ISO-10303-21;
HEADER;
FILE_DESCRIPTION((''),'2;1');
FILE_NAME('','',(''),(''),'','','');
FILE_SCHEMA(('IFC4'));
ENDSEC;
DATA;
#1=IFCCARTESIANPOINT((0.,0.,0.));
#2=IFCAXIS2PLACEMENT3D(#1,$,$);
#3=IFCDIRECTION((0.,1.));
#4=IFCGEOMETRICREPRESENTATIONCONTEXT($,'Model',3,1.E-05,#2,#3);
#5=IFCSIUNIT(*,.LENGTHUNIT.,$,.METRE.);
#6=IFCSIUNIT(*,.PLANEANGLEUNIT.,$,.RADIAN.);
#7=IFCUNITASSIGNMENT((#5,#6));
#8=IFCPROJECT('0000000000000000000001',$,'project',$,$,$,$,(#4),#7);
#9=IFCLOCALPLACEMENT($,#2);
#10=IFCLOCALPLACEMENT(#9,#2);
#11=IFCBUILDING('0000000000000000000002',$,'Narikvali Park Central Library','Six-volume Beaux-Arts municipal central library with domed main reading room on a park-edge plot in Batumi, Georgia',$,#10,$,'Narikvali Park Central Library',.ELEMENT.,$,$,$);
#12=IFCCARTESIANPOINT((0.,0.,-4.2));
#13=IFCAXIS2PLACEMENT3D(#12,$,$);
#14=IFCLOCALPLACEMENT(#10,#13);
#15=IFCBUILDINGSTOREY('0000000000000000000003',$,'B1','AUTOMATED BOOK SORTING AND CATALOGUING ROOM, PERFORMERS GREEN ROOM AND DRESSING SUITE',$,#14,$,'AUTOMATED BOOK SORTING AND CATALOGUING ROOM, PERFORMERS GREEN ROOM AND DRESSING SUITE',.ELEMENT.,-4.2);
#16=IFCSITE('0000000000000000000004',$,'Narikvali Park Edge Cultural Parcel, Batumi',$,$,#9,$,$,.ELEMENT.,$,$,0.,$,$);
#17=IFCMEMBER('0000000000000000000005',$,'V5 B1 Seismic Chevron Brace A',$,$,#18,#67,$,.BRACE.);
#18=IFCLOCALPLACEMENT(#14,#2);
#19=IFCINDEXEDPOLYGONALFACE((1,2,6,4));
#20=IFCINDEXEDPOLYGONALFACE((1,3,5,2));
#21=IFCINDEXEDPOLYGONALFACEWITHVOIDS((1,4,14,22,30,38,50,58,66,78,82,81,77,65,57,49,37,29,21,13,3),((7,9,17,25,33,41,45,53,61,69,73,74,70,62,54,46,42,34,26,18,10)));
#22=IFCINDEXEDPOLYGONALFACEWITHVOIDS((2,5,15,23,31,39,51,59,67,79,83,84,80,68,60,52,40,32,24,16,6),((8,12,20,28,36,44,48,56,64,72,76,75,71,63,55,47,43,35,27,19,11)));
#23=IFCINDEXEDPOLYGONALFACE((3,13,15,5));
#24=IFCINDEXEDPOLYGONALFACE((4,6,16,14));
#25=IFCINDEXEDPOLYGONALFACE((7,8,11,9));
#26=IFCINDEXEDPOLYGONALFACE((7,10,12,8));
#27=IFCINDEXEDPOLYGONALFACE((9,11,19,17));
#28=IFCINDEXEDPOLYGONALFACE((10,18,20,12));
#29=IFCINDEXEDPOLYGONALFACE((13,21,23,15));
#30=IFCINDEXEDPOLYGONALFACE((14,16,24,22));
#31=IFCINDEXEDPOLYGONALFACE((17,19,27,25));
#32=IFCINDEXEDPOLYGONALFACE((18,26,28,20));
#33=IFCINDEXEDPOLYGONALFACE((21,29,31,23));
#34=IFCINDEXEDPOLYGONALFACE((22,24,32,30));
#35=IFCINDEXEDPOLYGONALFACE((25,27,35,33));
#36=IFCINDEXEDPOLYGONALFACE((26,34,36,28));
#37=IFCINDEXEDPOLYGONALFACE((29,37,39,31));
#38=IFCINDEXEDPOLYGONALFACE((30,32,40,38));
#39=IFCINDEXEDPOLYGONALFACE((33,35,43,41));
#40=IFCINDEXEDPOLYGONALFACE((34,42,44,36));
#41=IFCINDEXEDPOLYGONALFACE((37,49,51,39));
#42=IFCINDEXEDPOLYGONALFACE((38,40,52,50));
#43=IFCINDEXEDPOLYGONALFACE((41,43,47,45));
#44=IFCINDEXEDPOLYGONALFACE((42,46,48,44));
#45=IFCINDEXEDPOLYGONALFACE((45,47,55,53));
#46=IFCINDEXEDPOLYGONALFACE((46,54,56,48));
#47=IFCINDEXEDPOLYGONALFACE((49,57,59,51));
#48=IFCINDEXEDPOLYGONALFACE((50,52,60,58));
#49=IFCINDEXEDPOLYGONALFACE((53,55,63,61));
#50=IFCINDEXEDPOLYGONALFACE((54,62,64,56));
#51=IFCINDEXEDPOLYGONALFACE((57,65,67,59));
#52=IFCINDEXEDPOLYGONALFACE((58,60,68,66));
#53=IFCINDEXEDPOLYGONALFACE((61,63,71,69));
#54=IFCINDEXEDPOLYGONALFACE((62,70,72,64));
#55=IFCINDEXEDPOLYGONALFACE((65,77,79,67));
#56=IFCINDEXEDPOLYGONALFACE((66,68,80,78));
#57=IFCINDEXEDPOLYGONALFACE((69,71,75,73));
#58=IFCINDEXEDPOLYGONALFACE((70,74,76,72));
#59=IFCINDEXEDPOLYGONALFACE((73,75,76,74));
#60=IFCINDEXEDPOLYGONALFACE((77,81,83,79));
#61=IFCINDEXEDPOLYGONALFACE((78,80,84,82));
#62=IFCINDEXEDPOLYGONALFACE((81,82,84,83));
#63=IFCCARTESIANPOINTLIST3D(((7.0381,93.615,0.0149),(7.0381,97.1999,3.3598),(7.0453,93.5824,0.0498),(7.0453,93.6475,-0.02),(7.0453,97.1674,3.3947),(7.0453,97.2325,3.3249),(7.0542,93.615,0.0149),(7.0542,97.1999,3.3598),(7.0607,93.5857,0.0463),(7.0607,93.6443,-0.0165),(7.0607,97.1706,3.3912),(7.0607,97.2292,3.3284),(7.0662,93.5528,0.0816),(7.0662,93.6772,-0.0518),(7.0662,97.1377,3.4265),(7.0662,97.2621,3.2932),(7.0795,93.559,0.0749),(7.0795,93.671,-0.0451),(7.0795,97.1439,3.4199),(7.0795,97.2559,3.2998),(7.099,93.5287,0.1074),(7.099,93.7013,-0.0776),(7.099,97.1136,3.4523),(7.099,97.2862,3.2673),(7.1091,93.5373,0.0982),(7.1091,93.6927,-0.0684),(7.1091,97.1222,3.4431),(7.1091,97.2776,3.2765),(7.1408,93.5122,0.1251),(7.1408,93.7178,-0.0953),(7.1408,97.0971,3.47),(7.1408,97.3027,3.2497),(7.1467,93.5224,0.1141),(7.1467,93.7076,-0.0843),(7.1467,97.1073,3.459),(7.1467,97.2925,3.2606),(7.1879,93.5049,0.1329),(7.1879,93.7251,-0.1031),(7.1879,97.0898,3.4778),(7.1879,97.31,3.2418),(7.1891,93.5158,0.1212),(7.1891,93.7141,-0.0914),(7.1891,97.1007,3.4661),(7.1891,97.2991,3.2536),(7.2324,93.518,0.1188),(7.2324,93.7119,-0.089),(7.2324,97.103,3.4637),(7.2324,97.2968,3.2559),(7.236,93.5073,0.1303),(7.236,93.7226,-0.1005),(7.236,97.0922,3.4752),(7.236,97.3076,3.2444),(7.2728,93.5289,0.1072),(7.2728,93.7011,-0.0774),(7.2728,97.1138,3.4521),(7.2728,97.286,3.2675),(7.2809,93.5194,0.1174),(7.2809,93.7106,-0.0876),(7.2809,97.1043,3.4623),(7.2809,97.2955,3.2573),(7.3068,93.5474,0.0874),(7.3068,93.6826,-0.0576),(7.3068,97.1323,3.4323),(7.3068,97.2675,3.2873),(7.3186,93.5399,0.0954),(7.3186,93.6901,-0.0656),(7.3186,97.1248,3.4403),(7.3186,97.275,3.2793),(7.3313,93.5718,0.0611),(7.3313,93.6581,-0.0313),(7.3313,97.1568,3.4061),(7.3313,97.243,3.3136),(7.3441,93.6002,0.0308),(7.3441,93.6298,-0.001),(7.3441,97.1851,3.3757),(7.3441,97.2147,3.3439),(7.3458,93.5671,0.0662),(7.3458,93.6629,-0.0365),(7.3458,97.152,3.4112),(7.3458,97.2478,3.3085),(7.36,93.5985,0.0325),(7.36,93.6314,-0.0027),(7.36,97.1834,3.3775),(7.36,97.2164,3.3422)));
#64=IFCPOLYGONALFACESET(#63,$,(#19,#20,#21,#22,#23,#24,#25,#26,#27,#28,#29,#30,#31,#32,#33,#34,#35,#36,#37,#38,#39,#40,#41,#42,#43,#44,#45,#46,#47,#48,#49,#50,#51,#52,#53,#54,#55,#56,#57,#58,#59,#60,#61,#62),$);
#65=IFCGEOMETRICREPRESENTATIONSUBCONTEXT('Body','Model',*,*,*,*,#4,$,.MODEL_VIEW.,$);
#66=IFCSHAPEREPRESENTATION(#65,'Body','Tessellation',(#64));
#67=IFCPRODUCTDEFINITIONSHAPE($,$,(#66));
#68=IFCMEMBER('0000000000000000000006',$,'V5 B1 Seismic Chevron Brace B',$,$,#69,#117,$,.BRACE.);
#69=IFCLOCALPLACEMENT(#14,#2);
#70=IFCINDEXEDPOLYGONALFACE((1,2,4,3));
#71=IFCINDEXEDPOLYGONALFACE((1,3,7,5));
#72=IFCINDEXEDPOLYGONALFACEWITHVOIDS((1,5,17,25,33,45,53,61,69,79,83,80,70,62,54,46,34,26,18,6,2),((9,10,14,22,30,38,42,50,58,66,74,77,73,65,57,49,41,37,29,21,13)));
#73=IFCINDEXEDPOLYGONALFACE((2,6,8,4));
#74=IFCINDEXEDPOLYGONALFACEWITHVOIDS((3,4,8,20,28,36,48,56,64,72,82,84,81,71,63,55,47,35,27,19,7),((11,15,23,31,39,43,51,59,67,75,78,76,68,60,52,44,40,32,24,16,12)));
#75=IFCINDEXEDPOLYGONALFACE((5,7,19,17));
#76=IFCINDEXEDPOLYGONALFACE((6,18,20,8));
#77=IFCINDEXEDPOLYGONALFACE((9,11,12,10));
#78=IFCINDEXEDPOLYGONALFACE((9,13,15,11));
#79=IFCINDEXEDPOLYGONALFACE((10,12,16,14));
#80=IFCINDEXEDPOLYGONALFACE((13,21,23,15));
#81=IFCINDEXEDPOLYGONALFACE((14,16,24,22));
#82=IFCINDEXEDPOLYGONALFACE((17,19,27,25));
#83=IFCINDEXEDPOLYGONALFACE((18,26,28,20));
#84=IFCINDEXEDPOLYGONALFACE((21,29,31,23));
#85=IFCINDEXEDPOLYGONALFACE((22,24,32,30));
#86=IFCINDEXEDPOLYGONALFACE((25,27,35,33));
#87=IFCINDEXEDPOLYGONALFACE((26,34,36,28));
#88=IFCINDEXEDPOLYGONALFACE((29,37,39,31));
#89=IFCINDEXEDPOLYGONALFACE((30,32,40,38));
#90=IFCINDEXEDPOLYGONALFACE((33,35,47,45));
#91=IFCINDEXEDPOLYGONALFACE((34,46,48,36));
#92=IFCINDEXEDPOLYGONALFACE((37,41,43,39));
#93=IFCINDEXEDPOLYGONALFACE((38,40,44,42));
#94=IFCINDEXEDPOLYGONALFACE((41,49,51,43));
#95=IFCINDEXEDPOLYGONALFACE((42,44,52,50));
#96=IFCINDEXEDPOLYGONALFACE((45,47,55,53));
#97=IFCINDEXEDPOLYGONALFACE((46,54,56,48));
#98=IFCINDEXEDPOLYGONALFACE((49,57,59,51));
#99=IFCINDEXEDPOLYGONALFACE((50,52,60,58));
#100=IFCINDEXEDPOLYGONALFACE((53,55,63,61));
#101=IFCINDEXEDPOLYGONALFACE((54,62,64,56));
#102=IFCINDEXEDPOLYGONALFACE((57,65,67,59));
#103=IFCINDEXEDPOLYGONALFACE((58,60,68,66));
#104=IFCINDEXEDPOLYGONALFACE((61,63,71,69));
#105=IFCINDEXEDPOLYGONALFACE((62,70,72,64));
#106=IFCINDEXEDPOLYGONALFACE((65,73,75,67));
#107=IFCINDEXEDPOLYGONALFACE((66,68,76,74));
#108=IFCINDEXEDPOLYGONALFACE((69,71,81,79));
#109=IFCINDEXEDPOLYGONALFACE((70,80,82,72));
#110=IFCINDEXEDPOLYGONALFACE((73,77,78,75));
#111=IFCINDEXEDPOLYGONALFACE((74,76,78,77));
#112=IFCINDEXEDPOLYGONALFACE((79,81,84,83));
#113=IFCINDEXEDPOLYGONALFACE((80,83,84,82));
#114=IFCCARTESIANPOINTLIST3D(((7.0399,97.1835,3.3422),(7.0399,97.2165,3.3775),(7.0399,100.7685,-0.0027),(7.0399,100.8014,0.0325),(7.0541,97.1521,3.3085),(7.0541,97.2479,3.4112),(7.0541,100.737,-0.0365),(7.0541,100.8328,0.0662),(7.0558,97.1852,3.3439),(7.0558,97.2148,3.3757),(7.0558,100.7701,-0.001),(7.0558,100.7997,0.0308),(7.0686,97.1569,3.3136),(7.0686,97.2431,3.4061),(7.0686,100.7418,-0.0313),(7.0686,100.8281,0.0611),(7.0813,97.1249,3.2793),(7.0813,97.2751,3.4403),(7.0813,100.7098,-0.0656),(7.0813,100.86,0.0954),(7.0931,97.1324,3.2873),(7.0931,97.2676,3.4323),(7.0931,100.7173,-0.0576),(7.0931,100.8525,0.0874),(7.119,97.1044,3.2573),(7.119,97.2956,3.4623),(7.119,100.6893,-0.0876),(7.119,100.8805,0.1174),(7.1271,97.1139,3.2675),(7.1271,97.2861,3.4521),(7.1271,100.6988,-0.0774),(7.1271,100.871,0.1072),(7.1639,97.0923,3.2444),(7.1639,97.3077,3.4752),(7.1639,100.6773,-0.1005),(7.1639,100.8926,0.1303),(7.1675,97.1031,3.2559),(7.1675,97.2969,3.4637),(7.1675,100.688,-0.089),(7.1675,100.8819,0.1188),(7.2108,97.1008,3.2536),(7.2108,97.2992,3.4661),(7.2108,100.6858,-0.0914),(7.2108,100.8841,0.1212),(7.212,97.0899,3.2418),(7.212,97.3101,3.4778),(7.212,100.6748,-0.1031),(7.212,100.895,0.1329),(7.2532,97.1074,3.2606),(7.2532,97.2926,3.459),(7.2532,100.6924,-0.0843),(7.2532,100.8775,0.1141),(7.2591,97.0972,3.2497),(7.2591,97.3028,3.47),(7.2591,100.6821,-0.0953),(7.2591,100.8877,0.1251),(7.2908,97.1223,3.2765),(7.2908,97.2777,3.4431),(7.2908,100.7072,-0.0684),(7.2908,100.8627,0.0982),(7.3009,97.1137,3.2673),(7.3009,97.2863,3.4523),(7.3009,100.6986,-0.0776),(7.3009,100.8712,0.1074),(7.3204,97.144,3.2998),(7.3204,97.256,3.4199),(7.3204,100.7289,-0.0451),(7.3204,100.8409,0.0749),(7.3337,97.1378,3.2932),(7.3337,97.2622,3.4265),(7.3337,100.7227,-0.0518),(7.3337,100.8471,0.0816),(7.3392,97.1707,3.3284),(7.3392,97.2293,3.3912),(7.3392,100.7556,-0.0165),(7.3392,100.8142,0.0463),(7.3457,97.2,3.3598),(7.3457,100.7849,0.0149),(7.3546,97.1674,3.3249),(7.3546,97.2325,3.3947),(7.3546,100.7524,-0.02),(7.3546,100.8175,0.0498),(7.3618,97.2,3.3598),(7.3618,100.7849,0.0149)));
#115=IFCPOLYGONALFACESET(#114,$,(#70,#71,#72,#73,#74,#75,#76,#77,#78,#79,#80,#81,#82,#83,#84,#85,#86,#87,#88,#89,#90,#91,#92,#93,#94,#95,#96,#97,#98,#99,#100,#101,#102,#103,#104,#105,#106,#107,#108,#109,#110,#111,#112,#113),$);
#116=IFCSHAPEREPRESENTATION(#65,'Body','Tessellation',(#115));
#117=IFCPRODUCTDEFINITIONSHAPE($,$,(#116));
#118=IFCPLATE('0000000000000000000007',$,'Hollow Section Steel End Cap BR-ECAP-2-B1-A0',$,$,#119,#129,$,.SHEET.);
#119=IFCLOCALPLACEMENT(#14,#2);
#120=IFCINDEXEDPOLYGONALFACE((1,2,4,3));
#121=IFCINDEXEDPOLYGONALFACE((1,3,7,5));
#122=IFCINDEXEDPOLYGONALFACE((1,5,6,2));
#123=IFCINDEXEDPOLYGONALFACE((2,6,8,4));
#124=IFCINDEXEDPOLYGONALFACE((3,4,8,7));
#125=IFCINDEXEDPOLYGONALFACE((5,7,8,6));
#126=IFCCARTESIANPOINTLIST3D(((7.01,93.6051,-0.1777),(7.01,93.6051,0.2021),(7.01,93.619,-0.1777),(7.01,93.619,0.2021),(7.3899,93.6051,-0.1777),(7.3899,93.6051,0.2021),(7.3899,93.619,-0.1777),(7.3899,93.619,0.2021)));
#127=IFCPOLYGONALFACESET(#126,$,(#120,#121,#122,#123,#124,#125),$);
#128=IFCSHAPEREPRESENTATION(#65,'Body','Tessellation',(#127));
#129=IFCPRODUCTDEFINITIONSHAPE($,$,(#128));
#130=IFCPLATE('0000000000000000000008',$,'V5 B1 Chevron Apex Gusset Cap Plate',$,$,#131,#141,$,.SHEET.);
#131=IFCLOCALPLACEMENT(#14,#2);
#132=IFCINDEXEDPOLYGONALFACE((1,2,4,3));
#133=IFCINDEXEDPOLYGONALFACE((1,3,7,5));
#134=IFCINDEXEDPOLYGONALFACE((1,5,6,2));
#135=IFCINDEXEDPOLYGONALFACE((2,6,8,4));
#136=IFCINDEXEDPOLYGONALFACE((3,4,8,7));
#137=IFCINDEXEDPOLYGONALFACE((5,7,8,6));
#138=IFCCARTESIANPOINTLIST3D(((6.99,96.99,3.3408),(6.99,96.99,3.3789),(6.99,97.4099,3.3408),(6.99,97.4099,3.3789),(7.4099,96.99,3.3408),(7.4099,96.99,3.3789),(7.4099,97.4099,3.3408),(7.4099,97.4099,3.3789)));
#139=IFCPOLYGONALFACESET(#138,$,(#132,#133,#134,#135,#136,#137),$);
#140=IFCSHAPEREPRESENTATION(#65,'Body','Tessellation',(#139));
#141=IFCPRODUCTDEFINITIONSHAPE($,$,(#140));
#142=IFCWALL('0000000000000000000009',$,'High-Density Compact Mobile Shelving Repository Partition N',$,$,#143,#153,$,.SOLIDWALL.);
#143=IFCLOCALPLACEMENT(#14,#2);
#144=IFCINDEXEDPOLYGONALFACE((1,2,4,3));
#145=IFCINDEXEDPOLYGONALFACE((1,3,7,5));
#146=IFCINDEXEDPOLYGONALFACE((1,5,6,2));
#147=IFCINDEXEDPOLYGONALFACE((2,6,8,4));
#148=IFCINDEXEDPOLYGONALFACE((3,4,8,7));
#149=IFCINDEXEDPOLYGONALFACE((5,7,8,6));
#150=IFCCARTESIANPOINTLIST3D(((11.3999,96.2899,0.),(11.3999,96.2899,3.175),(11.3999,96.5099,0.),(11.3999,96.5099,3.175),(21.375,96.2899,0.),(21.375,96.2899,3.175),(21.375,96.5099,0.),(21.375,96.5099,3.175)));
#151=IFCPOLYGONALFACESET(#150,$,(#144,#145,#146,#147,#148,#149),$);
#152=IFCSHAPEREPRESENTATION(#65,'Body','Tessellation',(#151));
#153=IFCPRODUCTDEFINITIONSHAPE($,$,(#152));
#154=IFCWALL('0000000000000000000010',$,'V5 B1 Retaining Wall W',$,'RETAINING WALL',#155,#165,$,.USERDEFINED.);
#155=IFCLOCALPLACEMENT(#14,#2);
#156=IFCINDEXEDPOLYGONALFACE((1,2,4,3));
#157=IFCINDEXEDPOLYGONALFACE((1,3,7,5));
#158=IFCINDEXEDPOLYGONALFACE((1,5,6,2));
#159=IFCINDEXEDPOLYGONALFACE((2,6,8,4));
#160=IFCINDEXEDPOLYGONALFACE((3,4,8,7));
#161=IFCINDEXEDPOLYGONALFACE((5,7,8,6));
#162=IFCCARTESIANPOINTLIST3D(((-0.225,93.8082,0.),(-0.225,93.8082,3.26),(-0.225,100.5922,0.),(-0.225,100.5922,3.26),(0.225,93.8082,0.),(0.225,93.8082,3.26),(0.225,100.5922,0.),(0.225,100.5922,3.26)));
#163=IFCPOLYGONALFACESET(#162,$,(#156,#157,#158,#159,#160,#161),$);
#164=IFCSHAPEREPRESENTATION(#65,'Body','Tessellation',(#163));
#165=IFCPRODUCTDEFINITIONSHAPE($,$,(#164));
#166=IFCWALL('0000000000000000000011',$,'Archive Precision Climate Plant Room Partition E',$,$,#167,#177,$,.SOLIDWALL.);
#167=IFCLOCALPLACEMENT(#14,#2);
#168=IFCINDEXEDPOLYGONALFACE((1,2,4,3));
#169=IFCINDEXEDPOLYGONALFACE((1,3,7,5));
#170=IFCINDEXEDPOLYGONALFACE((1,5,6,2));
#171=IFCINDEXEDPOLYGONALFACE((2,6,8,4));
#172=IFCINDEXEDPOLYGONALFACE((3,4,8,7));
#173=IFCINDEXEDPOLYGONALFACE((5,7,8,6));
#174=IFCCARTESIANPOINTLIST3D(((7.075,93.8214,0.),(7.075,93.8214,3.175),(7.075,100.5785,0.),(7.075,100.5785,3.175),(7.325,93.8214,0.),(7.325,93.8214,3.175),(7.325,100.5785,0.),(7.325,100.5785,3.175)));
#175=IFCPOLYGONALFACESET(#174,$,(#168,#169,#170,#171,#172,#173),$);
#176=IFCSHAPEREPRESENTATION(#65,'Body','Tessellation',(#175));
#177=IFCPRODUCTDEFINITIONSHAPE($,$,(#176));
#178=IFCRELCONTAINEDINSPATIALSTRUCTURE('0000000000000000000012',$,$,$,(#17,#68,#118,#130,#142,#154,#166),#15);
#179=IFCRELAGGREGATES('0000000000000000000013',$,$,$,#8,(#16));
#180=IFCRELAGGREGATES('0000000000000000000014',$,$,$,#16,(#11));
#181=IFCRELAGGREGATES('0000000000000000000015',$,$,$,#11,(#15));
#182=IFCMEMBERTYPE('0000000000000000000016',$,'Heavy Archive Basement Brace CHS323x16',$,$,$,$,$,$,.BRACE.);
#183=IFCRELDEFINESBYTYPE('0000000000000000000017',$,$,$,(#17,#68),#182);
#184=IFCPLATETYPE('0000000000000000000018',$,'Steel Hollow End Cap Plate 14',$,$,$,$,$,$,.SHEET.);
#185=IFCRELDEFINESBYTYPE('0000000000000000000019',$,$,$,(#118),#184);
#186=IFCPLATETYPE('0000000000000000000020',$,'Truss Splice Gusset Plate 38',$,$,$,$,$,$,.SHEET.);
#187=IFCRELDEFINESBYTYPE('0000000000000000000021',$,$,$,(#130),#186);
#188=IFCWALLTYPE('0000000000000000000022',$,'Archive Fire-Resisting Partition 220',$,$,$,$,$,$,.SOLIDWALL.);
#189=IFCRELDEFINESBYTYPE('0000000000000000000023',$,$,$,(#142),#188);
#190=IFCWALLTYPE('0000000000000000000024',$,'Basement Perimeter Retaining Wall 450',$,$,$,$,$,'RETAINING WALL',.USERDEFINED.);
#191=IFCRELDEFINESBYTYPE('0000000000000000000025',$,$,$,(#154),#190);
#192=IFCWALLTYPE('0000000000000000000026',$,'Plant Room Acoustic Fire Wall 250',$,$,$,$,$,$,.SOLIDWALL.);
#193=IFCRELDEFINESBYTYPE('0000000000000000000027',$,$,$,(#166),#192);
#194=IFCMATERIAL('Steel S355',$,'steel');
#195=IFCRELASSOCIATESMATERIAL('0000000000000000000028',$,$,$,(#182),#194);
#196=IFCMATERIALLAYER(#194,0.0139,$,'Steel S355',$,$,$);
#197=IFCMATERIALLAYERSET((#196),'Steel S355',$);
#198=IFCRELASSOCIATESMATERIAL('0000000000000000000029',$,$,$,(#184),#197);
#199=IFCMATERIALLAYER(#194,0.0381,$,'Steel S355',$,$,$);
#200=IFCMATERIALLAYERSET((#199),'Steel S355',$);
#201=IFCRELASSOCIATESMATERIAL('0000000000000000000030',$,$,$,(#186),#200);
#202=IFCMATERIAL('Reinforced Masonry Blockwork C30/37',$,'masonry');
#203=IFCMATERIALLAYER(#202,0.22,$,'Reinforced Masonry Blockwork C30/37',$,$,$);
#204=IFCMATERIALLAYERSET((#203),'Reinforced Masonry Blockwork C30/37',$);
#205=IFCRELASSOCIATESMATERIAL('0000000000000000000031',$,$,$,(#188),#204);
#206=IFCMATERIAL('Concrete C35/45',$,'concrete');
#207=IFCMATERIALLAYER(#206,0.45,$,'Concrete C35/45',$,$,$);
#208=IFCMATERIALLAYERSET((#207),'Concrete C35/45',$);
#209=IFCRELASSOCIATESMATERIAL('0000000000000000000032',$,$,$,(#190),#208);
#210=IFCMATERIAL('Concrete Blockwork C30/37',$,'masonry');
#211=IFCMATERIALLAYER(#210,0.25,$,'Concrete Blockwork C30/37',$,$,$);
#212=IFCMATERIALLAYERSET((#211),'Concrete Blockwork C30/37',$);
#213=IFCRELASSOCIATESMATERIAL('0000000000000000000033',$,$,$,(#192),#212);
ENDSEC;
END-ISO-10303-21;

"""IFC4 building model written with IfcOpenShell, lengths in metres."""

from ifc_helpers import new_model, si_unit, direction, frame, frame_2d, origin, origin_2d, place, context, subcontext, project, spatial, rectangle, hollow_circle, extrude, material, layer, layer_set, material_profile, profile_set, type_object, element, save


model = new_model("IFC4")

# Units and contexts
model_context = context("Model", 3, precision=1e-05, world=origin(), true_north=direction((0.0, 1.0)))
body_context = subcontext(model_context, "Body", "Model", "MODEL_VIEW")
ifc_project = project(units=[si_unit("LENGTHUNIT", "METRE"), si_unit("PLANEANGLEUNIT", "RADIAN")], contexts=[model_context])

# Site, building, storey
site_placement = place(None, origin())
site = spatial("IfcSite", under=ifc_project, at=site_placement, Name="Narikvali Park Edge Cultural Parcel, Batumi", CompositionType="ELEMENT", RefElevation=0.0)
building_placement = place(site_placement, origin())
building = spatial("IfcBuilding", under=site, at=building_placement, Name="Narikvali Park Central Library", Description="Six-volume Beaux-Arts municipal central library with domed main reading room on a park-edge plot in Batumi, Georgia", LongName="Narikvali Park Central Library", CompositionType="ELEMENT")
storey_placement = place(building_placement, frame((0.0, 0.0, -4.2)))
storey = spatial("IfcBuildingStorey", under=building, at=storey_placement, Name="B1", Description="AUTOMATED BOOK SORTING AND CATALOGUING ROOM, PERFORMERS GREEN ROOM AND DRESSING SUITE", LongName="AUTOMATED BOOK SORTING AND CATALOGUING ROOM, PERFORMERS GREEN ROOM AND DRESSING SUITE", CompositionType="ELEMENT", Elevation=-4.2)

# Shared definitions
ifc_material_1 = material(Name="Concrete C35/45", Category="concrete")

# Shared definitions
ifc_material_2 = material(Name="Steel S355", Category="steel")

# Members
ifc_material_profile_1 = material_profile(ifc_material_2, hollow_circle(Radius=0.1619, WallThickness=0.0161, at=origin_2d()), Name="CHS 323.9x16")
ifc_profile_set_1 = profile_set([ifc_material_profile_1], Name="Steel S355")
member_type = type_object("IfcMemberType", Name="Heavy Archive Basement Brace CHS323x16", PredefinedType="BRACE", material=ifc_profile_set_1)
for number, where, z_axis, x_axis, name in (
    (1, (7.2, 93.615, 0.0149), (0.0, 0.731156, 0.68221), (-1.0, 0.0, 0.0), "V5 B1 Seismic Chevron Brace A"),
    (2, (7.2, 100.7849, 0.0149), (0.0, -0.731156, 0.68221), (1.0, 0.0, 0.0), "V5 B1 Seismic Chevron Brace B"),
):
    element("IfcMember", number, at=place(storey_placement, frame(where, z_axis=z_axis, x_axis=x_axis)), inside=storey, type_object=member_type, Name=name, PredefinedType="BRACE", context=body_context, shape_type="SweptSolid", body=[
        extrude(hollow_circle(Radius=0.1619, WallThickness=0.0161, at=origin_2d()), origin(), (0.0, 0.0, 1.0), 4.9031),
    ])

# Plates
ifc_layer_1 = layer(ifc_material_2, 0.0139, Name="Steel S355")
ifc_layer_set_1 = layer_set([ifc_layer_1], Name="Steel S355")
plate_type_1 = type_object("IfcPlateType", Name="Steel Hollow End Cap Plate 14", PredefinedType="SHEET", material=ifc_layer_set_1)
plate_1_placement = place(storey_placement, frame((7.2, 93.6121, -0.1777), z_axis=(0.0, 0.0, 1.0), x_axis=(-1.0, 0.0, 0.0)))
element("IfcPlate", 3, at=plate_1_placement, inside=storey, type_object=plate_type_1, Name="Hollow Section Steel End Cap BR-ECAP-2-B1-A0", PredefinedType="SHEET", context=body_context, shape_type="SweptSolid", body=[
    extrude(rectangle(XDim=0.3799, YDim=0.0139, at=origin_2d()), origin(), (0.0, 0.0, 1.0), 0.3799),
])
ifc_layer_2 = layer(ifc_material_2, 0.0381, Name="Steel S355")
ifc_layer_set_2 = layer_set([ifc_layer_2], Name="Steel S355")
plate_type_2 = type_object("IfcPlateType", Name="Truss Splice Gusset Plate 38", PredefinedType="SHEET", material=ifc_layer_set_2)
plate_2_placement = place(storey_placement, frame((7.2, 97.2, 3.3408), z_axis=(0.0, 0.0, 1.0), x_axis=(1.0, 0.0, 0.0)))
element("IfcPlate", 4, at=plate_2_placement, inside=storey, type_object=plate_type_2, Name="V5 B1 Chevron Apex Gusset Cap Plate", PredefinedType="SHEET", context=body_context, shape_type="SweptSolid", body=[
    extrude(rectangle(XDim=0.4199, YDim=0.4199, at=origin_2d()), origin(), (0.0, 0.0, 1.0), 0.0381),
])

# Walls
ifc_material_3 = material(Name="Reinforced Masonry Blockwork C30/37", Category="masonry")
ifc_layer_3 = layer(ifc_material_3, 0.22, Name="Reinforced Masonry Blockwork C30/37")
ifc_layer_set_3 = layer_set([ifc_layer_3], Name="Reinforced Masonry Blockwork C30/37")
wall_type_1 = type_object("IfcWallType", Name="Archive Fire-Resisting Partition 220", PredefinedType="SOLIDWALL", material=ifc_layer_set_3)
wall_1_placement = place(storey_placement, frame((11.3999, 96.3999, 0.0), z_axis=(0.0, 0.0, 1.0), x_axis=(1.0, 0.0, 0.0)))
element("IfcWall", 5, at=wall_1_placement, inside=storey, type_object=wall_type_1, Name="High-Density Compact Mobile Shelving Repository Partition N", PredefinedType="SOLIDWALL", context=body_context, shape_type="SweptSolid", body=[
    extrude(rectangle(XDim=9.9751, YDim=0.22, at=frame_2d((4.9875, 0.0))), origin(), (0.0, 0.0, 1.0), 3.175),
])
ifc_layer_4 = layer(ifc_material_1, 0.45, Name="Concrete C35/45")
ifc_layer_set_4 = layer_set([ifc_layer_4], Name="Concrete C35/45")
wall_type_2 = type_object("IfcWallType", Name="Basement Perimeter Retaining Wall 450", ElementType="RETAINING WALL", PredefinedType="USERDEFINED", material=ifc_layer_set_4)
wall_2_placement = place(storey_placement, frame((0.0, 93.8081, 0.0), z_axis=(0.0, 0.0, 1.0), x_axis=(0.0, 1.0, 0.0)))
element("IfcWall", 6, at=wall_2_placement, inside=storey, type_object=wall_type_2, Name="V5 B1 Retaining Wall W", ObjectType="RETAINING WALL", PredefinedType="USERDEFINED", context=body_context, shape_type="SweptSolid", body=[
    extrude(rectangle(XDim=6.7839, YDim=0.45, at=frame_2d((3.3921, 0.0))), origin(), (0.0, 0.0, 1.0), 3.26),
])
ifc_material_4 = material(Name="Concrete Blockwork C30/37", Category="masonry")
ifc_layer_5 = layer(ifc_material_4, 0.25, Name="Concrete Blockwork C30/37")
ifc_layer_set_5 = layer_set([ifc_layer_5], Name="Concrete Blockwork C30/37")
wall_type_3 = type_object("IfcWallType", Name="Plant Room Acoustic Fire Wall 250", PredefinedType="SOLIDWALL", material=ifc_layer_set_5)
wall_3_placement = place(storey_placement, frame((7.2, 93.8215, 0.0), z_axis=(0.0, 0.0, 1.0), x_axis=(0.0, 1.0, 0.0)))
element("IfcWall", 7, at=wall_3_placement, inside=storey, type_object=wall_type_3, Name="Archive Precision Climate Plant Room Partition E", PredefinedType="SOLIDWALL", context=body_context, shape_type="SweptSolid", body=[
    extrude(rectangle(XDim=6.7571, YDim=0.25, at=frame_2d((3.3784, 0.0))), origin(), (0.0, 0.0, 1.0), 3.175),
])

save(model, "model.ifc")
